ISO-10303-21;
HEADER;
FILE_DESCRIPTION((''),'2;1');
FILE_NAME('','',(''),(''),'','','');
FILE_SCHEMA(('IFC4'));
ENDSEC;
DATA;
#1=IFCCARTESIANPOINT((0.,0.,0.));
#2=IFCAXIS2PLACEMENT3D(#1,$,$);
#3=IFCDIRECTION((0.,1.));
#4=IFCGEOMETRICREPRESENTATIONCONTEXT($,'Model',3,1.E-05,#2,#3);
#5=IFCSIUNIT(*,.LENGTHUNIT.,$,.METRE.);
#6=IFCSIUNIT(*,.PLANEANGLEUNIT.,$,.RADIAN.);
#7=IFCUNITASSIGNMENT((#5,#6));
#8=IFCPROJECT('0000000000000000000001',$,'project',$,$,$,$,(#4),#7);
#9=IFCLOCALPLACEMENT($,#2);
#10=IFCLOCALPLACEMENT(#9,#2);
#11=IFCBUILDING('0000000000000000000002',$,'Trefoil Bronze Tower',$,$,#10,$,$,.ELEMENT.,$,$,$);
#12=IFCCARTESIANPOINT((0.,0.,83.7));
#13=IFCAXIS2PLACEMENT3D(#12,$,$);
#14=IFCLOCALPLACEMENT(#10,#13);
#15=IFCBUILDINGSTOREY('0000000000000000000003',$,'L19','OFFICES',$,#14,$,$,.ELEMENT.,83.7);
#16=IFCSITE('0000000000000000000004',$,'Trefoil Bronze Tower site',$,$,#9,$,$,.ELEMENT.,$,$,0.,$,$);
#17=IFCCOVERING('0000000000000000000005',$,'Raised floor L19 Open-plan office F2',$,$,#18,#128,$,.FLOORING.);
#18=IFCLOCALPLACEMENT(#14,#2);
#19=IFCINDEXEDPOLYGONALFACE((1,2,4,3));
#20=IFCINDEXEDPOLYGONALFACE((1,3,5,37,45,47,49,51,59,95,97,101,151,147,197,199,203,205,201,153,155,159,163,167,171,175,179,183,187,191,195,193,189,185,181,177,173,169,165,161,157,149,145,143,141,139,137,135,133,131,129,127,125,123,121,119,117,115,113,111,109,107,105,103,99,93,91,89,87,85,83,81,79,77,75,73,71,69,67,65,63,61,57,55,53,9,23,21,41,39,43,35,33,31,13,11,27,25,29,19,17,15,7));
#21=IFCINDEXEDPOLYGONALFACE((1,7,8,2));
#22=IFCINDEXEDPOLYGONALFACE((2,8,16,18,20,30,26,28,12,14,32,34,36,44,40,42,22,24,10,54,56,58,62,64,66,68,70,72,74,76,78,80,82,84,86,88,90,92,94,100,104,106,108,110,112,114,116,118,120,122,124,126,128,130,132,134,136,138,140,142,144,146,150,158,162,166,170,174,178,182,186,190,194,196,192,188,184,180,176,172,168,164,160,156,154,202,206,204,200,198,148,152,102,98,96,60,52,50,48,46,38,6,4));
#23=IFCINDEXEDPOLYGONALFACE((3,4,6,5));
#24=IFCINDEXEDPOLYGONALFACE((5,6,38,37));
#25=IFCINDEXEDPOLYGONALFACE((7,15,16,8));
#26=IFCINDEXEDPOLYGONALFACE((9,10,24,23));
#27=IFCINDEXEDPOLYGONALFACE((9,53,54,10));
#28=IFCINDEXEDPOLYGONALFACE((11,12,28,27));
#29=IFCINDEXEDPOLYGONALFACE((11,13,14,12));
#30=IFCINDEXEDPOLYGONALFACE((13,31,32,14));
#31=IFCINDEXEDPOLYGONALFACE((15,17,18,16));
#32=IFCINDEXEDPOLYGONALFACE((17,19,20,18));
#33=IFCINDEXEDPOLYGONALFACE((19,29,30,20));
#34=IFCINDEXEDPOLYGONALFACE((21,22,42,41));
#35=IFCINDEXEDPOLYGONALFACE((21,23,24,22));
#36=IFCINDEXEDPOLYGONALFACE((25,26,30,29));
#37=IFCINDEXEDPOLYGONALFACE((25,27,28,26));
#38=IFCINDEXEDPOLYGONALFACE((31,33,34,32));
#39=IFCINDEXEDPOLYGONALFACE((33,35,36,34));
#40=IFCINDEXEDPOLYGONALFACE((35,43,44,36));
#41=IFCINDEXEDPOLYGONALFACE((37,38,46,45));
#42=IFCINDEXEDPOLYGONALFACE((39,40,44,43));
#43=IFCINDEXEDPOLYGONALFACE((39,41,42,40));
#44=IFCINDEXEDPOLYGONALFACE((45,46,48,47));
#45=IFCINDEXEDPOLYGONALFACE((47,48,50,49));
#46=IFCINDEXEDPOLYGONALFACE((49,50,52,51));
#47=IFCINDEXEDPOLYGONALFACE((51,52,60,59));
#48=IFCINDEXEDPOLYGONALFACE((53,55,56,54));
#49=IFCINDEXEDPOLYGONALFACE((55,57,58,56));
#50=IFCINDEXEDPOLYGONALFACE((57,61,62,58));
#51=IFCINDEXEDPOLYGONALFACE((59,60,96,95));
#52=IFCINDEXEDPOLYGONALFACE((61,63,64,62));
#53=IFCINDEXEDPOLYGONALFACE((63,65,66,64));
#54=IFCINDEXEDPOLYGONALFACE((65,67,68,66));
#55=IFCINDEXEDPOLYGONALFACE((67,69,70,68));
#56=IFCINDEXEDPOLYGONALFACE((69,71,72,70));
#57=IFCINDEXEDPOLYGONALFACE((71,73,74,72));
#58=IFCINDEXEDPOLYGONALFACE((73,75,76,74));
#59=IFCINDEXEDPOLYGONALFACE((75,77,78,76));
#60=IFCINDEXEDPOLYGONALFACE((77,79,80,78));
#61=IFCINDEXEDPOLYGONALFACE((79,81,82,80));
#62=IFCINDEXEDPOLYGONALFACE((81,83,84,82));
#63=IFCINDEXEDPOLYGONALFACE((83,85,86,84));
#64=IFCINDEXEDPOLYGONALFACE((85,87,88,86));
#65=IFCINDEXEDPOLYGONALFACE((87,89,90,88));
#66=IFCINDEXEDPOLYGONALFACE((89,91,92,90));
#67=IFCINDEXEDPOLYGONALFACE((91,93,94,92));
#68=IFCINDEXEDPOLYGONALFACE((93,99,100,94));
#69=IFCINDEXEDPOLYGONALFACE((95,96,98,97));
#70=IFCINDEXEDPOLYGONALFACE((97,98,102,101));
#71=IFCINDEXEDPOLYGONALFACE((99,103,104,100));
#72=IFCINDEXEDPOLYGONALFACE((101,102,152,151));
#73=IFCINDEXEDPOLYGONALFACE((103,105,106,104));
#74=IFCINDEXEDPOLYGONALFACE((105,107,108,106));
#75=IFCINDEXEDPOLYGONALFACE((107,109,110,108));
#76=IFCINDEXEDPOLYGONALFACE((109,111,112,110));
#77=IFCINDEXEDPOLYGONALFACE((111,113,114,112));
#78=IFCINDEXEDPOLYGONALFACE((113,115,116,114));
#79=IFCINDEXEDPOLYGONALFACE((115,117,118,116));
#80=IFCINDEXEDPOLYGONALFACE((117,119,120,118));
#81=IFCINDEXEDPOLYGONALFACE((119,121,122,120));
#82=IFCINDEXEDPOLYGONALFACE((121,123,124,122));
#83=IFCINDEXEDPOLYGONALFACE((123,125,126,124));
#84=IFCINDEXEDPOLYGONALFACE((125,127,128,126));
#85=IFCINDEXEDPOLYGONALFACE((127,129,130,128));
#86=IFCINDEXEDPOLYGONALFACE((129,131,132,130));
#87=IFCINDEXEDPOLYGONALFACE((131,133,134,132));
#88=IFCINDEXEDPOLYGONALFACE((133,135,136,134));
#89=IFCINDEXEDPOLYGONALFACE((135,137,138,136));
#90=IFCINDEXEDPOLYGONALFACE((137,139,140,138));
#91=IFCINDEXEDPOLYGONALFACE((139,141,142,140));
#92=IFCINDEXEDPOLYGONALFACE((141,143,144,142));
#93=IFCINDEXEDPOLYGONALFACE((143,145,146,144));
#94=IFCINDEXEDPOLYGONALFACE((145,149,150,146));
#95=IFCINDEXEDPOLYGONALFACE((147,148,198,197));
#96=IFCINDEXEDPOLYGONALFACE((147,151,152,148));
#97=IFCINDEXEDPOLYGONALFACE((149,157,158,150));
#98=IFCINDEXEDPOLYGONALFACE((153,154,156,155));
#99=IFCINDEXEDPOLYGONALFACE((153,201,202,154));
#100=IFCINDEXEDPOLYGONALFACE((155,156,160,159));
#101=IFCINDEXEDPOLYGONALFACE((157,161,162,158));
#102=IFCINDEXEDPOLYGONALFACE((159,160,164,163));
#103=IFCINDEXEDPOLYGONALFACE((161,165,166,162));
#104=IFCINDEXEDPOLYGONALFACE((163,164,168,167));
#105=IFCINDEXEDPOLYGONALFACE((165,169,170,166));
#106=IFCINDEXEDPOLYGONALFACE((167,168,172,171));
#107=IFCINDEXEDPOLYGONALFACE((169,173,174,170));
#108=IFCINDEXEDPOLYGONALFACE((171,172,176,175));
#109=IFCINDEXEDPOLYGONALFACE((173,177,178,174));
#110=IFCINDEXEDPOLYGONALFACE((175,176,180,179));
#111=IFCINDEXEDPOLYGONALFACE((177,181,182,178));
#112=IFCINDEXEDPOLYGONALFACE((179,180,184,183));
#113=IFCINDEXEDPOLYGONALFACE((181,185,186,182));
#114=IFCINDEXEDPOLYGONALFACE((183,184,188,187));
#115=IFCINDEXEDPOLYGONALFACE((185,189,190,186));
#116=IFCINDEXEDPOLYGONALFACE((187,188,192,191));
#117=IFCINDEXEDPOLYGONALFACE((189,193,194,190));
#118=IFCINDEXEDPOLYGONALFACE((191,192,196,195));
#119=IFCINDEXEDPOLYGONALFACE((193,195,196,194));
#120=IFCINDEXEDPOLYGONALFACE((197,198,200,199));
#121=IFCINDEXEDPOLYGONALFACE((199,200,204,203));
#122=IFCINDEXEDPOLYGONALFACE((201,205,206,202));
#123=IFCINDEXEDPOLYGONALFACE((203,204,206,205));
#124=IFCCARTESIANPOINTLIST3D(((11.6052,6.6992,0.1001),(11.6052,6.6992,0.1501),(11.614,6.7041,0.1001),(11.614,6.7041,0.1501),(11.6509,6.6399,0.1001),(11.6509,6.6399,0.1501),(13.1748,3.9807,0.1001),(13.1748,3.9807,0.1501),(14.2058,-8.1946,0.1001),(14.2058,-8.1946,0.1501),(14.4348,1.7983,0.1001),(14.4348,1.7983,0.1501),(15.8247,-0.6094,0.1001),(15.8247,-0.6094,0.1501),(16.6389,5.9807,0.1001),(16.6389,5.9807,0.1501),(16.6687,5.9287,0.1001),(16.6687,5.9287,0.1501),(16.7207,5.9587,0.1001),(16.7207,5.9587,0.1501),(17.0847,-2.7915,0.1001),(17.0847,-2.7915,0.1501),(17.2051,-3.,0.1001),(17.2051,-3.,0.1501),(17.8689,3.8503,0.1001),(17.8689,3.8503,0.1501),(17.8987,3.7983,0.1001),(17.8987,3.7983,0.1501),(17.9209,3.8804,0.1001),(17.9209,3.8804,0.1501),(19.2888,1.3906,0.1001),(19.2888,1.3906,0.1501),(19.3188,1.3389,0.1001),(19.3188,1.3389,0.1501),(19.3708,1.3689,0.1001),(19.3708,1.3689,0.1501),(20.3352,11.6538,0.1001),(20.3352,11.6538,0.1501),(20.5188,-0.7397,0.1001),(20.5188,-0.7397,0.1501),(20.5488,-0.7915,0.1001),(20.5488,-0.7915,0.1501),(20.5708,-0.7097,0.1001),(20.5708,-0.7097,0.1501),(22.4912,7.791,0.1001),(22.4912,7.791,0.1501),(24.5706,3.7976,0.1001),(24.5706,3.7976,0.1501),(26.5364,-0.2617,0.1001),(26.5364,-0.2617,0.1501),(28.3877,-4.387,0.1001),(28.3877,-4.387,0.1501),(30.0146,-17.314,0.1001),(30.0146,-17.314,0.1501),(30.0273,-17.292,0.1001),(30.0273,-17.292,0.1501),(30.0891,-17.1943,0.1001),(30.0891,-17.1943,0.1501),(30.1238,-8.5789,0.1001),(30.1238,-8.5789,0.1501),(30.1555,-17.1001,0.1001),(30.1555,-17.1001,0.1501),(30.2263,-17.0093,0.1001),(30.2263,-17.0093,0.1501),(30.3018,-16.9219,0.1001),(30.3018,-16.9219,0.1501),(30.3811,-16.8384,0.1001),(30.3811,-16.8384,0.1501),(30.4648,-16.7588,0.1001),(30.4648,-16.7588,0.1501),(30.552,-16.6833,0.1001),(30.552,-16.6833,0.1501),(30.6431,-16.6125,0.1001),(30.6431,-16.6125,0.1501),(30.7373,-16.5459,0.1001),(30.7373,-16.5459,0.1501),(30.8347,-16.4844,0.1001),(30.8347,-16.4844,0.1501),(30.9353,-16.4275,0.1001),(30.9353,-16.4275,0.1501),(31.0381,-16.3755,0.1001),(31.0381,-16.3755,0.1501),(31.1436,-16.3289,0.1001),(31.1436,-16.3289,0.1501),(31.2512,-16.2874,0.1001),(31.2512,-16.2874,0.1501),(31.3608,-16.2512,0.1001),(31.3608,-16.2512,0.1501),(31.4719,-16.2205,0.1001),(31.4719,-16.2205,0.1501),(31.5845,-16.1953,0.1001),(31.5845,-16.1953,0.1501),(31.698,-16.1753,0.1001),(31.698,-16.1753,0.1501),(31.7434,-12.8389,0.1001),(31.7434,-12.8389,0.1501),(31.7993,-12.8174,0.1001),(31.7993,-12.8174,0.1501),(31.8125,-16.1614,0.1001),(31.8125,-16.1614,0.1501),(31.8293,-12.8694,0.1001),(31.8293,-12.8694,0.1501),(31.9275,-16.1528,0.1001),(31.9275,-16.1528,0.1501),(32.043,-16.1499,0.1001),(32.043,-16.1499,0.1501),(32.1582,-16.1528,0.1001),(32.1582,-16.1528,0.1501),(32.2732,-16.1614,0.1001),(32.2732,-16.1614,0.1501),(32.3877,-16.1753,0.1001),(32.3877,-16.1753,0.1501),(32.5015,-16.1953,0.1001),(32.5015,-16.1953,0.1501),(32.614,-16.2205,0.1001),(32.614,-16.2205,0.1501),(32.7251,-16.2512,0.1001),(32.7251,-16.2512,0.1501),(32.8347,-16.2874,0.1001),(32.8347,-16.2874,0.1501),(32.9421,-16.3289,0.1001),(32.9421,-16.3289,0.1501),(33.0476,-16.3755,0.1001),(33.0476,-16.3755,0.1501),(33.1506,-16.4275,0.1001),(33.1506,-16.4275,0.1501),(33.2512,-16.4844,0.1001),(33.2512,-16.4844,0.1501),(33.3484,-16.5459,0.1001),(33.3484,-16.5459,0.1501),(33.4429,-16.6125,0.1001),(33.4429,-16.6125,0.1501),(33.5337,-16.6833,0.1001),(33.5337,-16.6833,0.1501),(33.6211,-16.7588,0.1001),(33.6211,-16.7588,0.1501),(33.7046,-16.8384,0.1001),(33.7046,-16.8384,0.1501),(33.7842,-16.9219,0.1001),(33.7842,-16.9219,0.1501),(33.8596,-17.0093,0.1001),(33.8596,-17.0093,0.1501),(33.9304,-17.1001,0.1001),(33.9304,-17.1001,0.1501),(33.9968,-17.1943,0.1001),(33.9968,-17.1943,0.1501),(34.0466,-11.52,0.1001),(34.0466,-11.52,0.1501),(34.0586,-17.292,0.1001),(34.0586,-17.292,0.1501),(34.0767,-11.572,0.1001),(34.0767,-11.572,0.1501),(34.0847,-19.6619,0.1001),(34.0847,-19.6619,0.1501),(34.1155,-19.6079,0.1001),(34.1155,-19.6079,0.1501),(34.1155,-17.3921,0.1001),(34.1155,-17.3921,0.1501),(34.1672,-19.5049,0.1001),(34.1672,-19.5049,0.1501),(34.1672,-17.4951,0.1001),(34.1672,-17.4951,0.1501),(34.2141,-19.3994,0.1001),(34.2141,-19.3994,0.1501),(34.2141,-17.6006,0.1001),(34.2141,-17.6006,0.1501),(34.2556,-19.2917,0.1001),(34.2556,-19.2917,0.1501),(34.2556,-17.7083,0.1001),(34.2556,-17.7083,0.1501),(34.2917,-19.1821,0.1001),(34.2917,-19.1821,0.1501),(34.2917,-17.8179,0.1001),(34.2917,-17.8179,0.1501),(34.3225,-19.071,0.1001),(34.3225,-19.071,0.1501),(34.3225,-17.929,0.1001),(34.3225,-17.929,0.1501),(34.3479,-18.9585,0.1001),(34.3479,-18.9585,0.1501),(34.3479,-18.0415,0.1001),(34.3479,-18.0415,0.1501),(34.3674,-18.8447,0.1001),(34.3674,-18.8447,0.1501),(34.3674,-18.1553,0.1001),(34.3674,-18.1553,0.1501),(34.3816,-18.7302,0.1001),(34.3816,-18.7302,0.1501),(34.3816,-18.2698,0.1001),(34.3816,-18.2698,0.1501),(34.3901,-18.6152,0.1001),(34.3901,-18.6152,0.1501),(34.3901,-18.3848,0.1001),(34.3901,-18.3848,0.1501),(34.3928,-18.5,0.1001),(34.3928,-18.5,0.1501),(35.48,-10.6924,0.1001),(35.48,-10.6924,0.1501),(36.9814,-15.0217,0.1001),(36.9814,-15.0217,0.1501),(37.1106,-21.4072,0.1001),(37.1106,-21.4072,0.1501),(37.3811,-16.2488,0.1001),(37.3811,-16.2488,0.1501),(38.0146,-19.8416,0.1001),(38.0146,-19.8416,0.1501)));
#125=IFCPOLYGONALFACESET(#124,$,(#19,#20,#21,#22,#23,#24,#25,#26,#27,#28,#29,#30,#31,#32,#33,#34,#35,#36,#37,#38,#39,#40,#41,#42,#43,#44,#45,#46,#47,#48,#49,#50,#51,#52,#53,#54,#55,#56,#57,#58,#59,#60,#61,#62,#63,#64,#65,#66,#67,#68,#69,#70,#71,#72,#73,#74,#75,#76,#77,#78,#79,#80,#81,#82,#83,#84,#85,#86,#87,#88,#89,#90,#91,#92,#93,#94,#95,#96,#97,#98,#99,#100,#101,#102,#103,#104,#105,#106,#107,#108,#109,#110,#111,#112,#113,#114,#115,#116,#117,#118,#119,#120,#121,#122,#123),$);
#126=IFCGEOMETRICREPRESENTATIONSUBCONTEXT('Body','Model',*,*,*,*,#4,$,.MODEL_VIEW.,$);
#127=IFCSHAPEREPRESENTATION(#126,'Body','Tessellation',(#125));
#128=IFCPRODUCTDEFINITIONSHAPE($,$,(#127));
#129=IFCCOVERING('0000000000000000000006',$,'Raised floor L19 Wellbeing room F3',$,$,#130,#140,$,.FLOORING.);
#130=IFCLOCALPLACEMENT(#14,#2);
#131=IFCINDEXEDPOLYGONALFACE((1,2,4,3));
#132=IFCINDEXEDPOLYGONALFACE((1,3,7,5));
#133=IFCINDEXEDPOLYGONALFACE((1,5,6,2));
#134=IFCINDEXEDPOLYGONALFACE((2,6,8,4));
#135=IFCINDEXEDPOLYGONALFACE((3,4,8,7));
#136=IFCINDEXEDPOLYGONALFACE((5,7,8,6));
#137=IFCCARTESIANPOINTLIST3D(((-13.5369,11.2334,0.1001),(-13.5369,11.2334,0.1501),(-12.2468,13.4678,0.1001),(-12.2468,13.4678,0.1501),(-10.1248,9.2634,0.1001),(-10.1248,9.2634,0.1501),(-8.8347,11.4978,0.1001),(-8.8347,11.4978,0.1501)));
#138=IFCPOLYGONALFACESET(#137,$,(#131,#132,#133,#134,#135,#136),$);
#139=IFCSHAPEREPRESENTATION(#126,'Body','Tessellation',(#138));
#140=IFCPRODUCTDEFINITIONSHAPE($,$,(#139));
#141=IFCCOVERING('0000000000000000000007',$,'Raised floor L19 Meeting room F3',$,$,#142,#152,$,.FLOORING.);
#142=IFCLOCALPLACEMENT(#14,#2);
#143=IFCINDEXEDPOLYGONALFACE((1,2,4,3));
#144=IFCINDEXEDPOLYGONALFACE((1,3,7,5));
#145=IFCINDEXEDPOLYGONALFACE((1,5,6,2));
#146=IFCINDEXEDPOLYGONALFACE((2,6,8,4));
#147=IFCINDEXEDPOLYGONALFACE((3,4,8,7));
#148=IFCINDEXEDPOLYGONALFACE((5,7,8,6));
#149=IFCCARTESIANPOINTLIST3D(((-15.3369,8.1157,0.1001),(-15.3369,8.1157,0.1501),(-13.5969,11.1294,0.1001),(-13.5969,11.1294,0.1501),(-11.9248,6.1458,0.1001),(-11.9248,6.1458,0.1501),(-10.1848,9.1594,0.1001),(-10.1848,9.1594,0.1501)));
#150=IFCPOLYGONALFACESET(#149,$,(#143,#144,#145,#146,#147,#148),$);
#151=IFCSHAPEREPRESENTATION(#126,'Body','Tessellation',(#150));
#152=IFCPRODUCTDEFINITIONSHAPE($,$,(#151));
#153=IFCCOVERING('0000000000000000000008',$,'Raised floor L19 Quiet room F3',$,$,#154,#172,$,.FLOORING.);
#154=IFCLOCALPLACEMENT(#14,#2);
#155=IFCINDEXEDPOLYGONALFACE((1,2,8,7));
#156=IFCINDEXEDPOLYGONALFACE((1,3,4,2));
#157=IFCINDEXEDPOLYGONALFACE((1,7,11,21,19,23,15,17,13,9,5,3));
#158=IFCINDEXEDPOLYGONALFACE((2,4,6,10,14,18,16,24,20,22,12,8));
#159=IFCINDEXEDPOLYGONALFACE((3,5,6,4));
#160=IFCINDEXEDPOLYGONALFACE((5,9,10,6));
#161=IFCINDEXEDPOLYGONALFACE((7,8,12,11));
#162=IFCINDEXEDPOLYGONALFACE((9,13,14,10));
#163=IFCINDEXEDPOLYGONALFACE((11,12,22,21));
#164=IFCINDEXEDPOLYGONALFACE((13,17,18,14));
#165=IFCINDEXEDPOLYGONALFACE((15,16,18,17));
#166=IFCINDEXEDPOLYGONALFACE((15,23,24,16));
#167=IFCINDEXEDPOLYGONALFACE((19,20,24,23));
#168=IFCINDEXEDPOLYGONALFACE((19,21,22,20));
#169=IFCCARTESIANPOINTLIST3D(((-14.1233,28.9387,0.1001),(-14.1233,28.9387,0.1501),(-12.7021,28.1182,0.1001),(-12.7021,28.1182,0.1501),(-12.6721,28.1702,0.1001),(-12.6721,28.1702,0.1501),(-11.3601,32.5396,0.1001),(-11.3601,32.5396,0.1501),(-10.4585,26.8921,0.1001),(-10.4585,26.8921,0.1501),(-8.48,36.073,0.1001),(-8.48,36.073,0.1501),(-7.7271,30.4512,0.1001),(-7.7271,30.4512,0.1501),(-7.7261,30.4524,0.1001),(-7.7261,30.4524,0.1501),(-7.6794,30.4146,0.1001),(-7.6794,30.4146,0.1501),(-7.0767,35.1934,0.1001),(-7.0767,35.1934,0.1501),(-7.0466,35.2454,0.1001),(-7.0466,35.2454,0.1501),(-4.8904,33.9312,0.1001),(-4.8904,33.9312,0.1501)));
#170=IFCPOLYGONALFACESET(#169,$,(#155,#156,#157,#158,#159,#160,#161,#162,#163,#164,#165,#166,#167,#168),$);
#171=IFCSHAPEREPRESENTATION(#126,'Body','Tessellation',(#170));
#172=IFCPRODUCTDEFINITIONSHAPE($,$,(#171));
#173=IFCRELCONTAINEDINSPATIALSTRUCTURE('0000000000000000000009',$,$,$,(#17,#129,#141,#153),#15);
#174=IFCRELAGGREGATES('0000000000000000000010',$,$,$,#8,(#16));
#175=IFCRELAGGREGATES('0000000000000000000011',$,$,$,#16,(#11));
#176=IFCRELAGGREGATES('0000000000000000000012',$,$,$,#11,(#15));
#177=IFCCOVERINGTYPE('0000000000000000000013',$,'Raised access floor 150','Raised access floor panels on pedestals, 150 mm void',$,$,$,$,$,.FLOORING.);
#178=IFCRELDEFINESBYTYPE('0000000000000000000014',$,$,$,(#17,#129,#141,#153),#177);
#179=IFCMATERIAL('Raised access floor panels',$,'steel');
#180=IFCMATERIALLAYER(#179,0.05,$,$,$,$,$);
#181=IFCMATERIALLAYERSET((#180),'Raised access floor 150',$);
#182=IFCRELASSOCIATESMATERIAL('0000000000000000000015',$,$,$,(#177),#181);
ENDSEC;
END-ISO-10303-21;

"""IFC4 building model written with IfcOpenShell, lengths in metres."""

from ifc_helpers import new_model, si_unit, direction, frame, origin, place, context, subcontext, project, spatial, polyline, outline, extrude, material, layer, layer_set, type_object, element, save


model = new_model("IFC4")

# Units and contexts
model_context = context("Model", 3, precision=1e-05, world=origin(), true_north=direction((0.0, 1.0)))
body_context = subcontext(model_context, "Body", "Model", "MODEL_VIEW")
ifc_project = project(units=[si_unit("LENGTHUNIT", "METRE"), si_unit("PLANEANGLEUNIT", "RADIAN")], contexts=[model_context])

# Site, building, storey
site_placement = place(None, origin())
site = spatial("IfcSite", under=ifc_project, at=site_placement, Name="Trefoil Bronze Tower site", CompositionType="ELEMENT", RefElevation=0.0)
building_placement = place(site_placement, origin())
building = spatial("IfcBuilding", under=site, at=building_placement, Name="Trefoil Bronze Tower", CompositionType="ELEMENT")
storey_placement = place(building_placement, frame((0.0, 0.0, 83.7)))
storey = spatial("IfcBuildingStorey", under=building, at=storey_placement, Name="L19", Description="OFFICES", CompositionType="ELEMENT", Elevation=83.7)

# Coverings
ifc_material_1 = material(Name="Raised access floor panels", Category="steel")
ifc_layer_1 = layer(ifc_material_1, 0.05)
ifc_layer_set_1 = layer_set([ifc_layer_1], Name="Raised access floor 150")
covering_type_1 = type_object("IfcCoveringType", Name="Raised access floor 150", Description="Raised access floor panels on pedestals, 150 mm void", PredefinedType="FLOORING", material=ifc_layer_set_1)
covering_1_placement = place(storey_placement, frame((0.0, 0.0, 0.1001)))
element("IfcCovering", 1, at=covering_1_placement, inside=storey, type_object=covering_type_1, Name="Raised floor L19 Open-plan office F2", PredefinedType="FLOORING", context=body_context, shape_type="SweptSolid", body=[
    extrude(outline(polyline([(14.2058, -8.1946), (17.2051, -3.0), (17.0847, -2.7915), (20.5488, -0.7915), (20.5188, -0.7397), (20.5708, -0.7097), (19.3708, 1.3689), (19.3188, 1.3389), (19.2888, 1.3906), (15.8247, -0.6094), (14.4348, 1.7983), (17.8987, 3.7983), (17.8689, 3.8503), (17.9209, 3.8804), (16.7207, 5.9587), (16.6687, 5.9287), (16.6389, 5.9807), (13.1748, 3.9807), (11.6052, 6.6992), (11.614, 6.7041), (11.6509, 6.6399), (20.3352, 11.6538), (22.4912, 7.791), (24.5706, 3.7976), (26.5364, -0.2617), (28.3877, -4.387), (30.1238, -8.5789), (31.7434, -12.8389), (31.7993, -12.8174), (31.8293, -12.8694), (34.0767, -11.572), (34.0466, -11.52), (35.48, -10.6924), (36.9814, -15.0217), (37.3811, -16.2488), (38.0146, -19.8416), (37.1106, -21.4072), (34.0847, -19.6619), (34.1155, -19.6079), (34.1672, -19.5049), (34.2141, -19.3994), (34.2556, -19.2917), (34.2917, -19.1821), (34.3225, -19.071), (34.3479, -18.9585), (34.3674, -18.8447), (34.3816, -18.7302), (34.3901, -18.6152), (34.3928, -18.5), (34.3901, -18.3848), (34.3816, -18.2698), (34.3674, -18.1553), (34.3479, -18.0415), (34.3225, -17.929), (34.2917, -17.8179), (34.2556, -17.7083), (34.2141, -17.6006), (34.1672, -17.4951), (34.1155, -17.3921), (34.0586, -17.292), (33.9968, -17.1943), (33.9304, -17.1001), (33.8596, -17.0093), (33.7842, -16.9219), (33.7046, -16.8384), (33.6211, -16.7588), (33.5337, -16.6833), (33.4429, -16.6125), (33.3484, -16.5459), (33.2512, -16.4844), (33.1506, -16.4275), (33.0476, -16.3755), (32.9421, -16.3289), (32.8347, -16.2874), (32.7251, -16.2512), (32.614, -16.2205), (32.5015, -16.1953), (32.3877, -16.1753), (32.2732, -16.1614), (32.1582, -16.1528), (32.043, -16.1499), (31.9275, -16.1528), (31.8125, -16.1614), (31.698, -16.1753), (31.5845, -16.1953), (31.4719, -16.2205), (31.3608, -16.2512), (31.2512, -16.2874), (31.1436, -16.3289), (31.0381, -16.3755), (30.9353, -16.4275), (30.8347, -16.4844), (30.7373, -16.5459), (30.6431, -16.6125), (30.552, -16.6833), (30.4648, -16.7588), (30.3811, -16.8384), (30.3018, -16.9219), (30.2263, -17.0093), (30.1555, -17.1001), (30.0891, -17.1943), (30.0273, -17.292), (30.0146, -17.314), (14.2058, -8.1946)])), origin(), (0.0, 0.0, 1.0), 0.05),
])
covering_2_placement = place(storey_placement, frame((0.0, 0.0, 0.1001)))
element("IfcCovering", 2, at=covering_2_placement, inside=storey, type_object=covering_type_1, Name="Raised floor L19 Wellbeing room F3", PredefinedType="FLOORING", context=body_context, shape_type="SweptSolid", body=[
    extrude(outline(polyline([(-10.1248, 9.2634), (-13.5369, 11.2334), (-12.2468, 13.4678), (-8.8347, 11.4978), (-10.1248, 9.2634)])), origin(), (0.0, 0.0, 1.0), 0.05),
])
covering_3_placement = place(storey_placement, frame((0.0, 0.0, 0.1001)))
element("IfcCovering", 3, at=covering_3_placement, inside=storey, type_object=covering_type_1, Name="Raised floor L19 Meeting room F3", PredefinedType="FLOORING", context=body_context, shape_type="SweptSolid", body=[
    extrude(outline(polyline([(-11.9248, 6.1458), (-15.3369, 8.1157), (-13.5969, 11.1294), (-10.1848, 9.1594), (-11.9248, 6.1458)])), origin(), (0.0, 0.0, 1.0), 0.05),
])
covering_4_placement = place(storey_placement, frame((0.0, 0.0, 0.1001)))
element("IfcCovering", 4, at=covering_4_placement, inside=storey, type_object=covering_type_1, Name="Raised floor L19 Quiet room F3", PredefinedType="FLOORING", context=body_context, shape_type="SweptSolid", body=[
    extrude(outline(polyline([(-11.3601, 32.5396), (-8.48, 36.073), (-7.0466, 35.2454), (-7.0767, 35.1934), (-4.8904, 33.9312), (-7.7261, 30.4524), (-7.6794, 30.4146), (-7.7271, 30.4512), (-10.4585, 26.8921), (-12.6721, 28.1702), (-12.7021, 28.1182), (-14.1233, 28.9387), (-11.3601, 32.5396)])), origin(), (0.0, 0.0, 1.0), 0.05),
])

save(model, "model.ifc")
